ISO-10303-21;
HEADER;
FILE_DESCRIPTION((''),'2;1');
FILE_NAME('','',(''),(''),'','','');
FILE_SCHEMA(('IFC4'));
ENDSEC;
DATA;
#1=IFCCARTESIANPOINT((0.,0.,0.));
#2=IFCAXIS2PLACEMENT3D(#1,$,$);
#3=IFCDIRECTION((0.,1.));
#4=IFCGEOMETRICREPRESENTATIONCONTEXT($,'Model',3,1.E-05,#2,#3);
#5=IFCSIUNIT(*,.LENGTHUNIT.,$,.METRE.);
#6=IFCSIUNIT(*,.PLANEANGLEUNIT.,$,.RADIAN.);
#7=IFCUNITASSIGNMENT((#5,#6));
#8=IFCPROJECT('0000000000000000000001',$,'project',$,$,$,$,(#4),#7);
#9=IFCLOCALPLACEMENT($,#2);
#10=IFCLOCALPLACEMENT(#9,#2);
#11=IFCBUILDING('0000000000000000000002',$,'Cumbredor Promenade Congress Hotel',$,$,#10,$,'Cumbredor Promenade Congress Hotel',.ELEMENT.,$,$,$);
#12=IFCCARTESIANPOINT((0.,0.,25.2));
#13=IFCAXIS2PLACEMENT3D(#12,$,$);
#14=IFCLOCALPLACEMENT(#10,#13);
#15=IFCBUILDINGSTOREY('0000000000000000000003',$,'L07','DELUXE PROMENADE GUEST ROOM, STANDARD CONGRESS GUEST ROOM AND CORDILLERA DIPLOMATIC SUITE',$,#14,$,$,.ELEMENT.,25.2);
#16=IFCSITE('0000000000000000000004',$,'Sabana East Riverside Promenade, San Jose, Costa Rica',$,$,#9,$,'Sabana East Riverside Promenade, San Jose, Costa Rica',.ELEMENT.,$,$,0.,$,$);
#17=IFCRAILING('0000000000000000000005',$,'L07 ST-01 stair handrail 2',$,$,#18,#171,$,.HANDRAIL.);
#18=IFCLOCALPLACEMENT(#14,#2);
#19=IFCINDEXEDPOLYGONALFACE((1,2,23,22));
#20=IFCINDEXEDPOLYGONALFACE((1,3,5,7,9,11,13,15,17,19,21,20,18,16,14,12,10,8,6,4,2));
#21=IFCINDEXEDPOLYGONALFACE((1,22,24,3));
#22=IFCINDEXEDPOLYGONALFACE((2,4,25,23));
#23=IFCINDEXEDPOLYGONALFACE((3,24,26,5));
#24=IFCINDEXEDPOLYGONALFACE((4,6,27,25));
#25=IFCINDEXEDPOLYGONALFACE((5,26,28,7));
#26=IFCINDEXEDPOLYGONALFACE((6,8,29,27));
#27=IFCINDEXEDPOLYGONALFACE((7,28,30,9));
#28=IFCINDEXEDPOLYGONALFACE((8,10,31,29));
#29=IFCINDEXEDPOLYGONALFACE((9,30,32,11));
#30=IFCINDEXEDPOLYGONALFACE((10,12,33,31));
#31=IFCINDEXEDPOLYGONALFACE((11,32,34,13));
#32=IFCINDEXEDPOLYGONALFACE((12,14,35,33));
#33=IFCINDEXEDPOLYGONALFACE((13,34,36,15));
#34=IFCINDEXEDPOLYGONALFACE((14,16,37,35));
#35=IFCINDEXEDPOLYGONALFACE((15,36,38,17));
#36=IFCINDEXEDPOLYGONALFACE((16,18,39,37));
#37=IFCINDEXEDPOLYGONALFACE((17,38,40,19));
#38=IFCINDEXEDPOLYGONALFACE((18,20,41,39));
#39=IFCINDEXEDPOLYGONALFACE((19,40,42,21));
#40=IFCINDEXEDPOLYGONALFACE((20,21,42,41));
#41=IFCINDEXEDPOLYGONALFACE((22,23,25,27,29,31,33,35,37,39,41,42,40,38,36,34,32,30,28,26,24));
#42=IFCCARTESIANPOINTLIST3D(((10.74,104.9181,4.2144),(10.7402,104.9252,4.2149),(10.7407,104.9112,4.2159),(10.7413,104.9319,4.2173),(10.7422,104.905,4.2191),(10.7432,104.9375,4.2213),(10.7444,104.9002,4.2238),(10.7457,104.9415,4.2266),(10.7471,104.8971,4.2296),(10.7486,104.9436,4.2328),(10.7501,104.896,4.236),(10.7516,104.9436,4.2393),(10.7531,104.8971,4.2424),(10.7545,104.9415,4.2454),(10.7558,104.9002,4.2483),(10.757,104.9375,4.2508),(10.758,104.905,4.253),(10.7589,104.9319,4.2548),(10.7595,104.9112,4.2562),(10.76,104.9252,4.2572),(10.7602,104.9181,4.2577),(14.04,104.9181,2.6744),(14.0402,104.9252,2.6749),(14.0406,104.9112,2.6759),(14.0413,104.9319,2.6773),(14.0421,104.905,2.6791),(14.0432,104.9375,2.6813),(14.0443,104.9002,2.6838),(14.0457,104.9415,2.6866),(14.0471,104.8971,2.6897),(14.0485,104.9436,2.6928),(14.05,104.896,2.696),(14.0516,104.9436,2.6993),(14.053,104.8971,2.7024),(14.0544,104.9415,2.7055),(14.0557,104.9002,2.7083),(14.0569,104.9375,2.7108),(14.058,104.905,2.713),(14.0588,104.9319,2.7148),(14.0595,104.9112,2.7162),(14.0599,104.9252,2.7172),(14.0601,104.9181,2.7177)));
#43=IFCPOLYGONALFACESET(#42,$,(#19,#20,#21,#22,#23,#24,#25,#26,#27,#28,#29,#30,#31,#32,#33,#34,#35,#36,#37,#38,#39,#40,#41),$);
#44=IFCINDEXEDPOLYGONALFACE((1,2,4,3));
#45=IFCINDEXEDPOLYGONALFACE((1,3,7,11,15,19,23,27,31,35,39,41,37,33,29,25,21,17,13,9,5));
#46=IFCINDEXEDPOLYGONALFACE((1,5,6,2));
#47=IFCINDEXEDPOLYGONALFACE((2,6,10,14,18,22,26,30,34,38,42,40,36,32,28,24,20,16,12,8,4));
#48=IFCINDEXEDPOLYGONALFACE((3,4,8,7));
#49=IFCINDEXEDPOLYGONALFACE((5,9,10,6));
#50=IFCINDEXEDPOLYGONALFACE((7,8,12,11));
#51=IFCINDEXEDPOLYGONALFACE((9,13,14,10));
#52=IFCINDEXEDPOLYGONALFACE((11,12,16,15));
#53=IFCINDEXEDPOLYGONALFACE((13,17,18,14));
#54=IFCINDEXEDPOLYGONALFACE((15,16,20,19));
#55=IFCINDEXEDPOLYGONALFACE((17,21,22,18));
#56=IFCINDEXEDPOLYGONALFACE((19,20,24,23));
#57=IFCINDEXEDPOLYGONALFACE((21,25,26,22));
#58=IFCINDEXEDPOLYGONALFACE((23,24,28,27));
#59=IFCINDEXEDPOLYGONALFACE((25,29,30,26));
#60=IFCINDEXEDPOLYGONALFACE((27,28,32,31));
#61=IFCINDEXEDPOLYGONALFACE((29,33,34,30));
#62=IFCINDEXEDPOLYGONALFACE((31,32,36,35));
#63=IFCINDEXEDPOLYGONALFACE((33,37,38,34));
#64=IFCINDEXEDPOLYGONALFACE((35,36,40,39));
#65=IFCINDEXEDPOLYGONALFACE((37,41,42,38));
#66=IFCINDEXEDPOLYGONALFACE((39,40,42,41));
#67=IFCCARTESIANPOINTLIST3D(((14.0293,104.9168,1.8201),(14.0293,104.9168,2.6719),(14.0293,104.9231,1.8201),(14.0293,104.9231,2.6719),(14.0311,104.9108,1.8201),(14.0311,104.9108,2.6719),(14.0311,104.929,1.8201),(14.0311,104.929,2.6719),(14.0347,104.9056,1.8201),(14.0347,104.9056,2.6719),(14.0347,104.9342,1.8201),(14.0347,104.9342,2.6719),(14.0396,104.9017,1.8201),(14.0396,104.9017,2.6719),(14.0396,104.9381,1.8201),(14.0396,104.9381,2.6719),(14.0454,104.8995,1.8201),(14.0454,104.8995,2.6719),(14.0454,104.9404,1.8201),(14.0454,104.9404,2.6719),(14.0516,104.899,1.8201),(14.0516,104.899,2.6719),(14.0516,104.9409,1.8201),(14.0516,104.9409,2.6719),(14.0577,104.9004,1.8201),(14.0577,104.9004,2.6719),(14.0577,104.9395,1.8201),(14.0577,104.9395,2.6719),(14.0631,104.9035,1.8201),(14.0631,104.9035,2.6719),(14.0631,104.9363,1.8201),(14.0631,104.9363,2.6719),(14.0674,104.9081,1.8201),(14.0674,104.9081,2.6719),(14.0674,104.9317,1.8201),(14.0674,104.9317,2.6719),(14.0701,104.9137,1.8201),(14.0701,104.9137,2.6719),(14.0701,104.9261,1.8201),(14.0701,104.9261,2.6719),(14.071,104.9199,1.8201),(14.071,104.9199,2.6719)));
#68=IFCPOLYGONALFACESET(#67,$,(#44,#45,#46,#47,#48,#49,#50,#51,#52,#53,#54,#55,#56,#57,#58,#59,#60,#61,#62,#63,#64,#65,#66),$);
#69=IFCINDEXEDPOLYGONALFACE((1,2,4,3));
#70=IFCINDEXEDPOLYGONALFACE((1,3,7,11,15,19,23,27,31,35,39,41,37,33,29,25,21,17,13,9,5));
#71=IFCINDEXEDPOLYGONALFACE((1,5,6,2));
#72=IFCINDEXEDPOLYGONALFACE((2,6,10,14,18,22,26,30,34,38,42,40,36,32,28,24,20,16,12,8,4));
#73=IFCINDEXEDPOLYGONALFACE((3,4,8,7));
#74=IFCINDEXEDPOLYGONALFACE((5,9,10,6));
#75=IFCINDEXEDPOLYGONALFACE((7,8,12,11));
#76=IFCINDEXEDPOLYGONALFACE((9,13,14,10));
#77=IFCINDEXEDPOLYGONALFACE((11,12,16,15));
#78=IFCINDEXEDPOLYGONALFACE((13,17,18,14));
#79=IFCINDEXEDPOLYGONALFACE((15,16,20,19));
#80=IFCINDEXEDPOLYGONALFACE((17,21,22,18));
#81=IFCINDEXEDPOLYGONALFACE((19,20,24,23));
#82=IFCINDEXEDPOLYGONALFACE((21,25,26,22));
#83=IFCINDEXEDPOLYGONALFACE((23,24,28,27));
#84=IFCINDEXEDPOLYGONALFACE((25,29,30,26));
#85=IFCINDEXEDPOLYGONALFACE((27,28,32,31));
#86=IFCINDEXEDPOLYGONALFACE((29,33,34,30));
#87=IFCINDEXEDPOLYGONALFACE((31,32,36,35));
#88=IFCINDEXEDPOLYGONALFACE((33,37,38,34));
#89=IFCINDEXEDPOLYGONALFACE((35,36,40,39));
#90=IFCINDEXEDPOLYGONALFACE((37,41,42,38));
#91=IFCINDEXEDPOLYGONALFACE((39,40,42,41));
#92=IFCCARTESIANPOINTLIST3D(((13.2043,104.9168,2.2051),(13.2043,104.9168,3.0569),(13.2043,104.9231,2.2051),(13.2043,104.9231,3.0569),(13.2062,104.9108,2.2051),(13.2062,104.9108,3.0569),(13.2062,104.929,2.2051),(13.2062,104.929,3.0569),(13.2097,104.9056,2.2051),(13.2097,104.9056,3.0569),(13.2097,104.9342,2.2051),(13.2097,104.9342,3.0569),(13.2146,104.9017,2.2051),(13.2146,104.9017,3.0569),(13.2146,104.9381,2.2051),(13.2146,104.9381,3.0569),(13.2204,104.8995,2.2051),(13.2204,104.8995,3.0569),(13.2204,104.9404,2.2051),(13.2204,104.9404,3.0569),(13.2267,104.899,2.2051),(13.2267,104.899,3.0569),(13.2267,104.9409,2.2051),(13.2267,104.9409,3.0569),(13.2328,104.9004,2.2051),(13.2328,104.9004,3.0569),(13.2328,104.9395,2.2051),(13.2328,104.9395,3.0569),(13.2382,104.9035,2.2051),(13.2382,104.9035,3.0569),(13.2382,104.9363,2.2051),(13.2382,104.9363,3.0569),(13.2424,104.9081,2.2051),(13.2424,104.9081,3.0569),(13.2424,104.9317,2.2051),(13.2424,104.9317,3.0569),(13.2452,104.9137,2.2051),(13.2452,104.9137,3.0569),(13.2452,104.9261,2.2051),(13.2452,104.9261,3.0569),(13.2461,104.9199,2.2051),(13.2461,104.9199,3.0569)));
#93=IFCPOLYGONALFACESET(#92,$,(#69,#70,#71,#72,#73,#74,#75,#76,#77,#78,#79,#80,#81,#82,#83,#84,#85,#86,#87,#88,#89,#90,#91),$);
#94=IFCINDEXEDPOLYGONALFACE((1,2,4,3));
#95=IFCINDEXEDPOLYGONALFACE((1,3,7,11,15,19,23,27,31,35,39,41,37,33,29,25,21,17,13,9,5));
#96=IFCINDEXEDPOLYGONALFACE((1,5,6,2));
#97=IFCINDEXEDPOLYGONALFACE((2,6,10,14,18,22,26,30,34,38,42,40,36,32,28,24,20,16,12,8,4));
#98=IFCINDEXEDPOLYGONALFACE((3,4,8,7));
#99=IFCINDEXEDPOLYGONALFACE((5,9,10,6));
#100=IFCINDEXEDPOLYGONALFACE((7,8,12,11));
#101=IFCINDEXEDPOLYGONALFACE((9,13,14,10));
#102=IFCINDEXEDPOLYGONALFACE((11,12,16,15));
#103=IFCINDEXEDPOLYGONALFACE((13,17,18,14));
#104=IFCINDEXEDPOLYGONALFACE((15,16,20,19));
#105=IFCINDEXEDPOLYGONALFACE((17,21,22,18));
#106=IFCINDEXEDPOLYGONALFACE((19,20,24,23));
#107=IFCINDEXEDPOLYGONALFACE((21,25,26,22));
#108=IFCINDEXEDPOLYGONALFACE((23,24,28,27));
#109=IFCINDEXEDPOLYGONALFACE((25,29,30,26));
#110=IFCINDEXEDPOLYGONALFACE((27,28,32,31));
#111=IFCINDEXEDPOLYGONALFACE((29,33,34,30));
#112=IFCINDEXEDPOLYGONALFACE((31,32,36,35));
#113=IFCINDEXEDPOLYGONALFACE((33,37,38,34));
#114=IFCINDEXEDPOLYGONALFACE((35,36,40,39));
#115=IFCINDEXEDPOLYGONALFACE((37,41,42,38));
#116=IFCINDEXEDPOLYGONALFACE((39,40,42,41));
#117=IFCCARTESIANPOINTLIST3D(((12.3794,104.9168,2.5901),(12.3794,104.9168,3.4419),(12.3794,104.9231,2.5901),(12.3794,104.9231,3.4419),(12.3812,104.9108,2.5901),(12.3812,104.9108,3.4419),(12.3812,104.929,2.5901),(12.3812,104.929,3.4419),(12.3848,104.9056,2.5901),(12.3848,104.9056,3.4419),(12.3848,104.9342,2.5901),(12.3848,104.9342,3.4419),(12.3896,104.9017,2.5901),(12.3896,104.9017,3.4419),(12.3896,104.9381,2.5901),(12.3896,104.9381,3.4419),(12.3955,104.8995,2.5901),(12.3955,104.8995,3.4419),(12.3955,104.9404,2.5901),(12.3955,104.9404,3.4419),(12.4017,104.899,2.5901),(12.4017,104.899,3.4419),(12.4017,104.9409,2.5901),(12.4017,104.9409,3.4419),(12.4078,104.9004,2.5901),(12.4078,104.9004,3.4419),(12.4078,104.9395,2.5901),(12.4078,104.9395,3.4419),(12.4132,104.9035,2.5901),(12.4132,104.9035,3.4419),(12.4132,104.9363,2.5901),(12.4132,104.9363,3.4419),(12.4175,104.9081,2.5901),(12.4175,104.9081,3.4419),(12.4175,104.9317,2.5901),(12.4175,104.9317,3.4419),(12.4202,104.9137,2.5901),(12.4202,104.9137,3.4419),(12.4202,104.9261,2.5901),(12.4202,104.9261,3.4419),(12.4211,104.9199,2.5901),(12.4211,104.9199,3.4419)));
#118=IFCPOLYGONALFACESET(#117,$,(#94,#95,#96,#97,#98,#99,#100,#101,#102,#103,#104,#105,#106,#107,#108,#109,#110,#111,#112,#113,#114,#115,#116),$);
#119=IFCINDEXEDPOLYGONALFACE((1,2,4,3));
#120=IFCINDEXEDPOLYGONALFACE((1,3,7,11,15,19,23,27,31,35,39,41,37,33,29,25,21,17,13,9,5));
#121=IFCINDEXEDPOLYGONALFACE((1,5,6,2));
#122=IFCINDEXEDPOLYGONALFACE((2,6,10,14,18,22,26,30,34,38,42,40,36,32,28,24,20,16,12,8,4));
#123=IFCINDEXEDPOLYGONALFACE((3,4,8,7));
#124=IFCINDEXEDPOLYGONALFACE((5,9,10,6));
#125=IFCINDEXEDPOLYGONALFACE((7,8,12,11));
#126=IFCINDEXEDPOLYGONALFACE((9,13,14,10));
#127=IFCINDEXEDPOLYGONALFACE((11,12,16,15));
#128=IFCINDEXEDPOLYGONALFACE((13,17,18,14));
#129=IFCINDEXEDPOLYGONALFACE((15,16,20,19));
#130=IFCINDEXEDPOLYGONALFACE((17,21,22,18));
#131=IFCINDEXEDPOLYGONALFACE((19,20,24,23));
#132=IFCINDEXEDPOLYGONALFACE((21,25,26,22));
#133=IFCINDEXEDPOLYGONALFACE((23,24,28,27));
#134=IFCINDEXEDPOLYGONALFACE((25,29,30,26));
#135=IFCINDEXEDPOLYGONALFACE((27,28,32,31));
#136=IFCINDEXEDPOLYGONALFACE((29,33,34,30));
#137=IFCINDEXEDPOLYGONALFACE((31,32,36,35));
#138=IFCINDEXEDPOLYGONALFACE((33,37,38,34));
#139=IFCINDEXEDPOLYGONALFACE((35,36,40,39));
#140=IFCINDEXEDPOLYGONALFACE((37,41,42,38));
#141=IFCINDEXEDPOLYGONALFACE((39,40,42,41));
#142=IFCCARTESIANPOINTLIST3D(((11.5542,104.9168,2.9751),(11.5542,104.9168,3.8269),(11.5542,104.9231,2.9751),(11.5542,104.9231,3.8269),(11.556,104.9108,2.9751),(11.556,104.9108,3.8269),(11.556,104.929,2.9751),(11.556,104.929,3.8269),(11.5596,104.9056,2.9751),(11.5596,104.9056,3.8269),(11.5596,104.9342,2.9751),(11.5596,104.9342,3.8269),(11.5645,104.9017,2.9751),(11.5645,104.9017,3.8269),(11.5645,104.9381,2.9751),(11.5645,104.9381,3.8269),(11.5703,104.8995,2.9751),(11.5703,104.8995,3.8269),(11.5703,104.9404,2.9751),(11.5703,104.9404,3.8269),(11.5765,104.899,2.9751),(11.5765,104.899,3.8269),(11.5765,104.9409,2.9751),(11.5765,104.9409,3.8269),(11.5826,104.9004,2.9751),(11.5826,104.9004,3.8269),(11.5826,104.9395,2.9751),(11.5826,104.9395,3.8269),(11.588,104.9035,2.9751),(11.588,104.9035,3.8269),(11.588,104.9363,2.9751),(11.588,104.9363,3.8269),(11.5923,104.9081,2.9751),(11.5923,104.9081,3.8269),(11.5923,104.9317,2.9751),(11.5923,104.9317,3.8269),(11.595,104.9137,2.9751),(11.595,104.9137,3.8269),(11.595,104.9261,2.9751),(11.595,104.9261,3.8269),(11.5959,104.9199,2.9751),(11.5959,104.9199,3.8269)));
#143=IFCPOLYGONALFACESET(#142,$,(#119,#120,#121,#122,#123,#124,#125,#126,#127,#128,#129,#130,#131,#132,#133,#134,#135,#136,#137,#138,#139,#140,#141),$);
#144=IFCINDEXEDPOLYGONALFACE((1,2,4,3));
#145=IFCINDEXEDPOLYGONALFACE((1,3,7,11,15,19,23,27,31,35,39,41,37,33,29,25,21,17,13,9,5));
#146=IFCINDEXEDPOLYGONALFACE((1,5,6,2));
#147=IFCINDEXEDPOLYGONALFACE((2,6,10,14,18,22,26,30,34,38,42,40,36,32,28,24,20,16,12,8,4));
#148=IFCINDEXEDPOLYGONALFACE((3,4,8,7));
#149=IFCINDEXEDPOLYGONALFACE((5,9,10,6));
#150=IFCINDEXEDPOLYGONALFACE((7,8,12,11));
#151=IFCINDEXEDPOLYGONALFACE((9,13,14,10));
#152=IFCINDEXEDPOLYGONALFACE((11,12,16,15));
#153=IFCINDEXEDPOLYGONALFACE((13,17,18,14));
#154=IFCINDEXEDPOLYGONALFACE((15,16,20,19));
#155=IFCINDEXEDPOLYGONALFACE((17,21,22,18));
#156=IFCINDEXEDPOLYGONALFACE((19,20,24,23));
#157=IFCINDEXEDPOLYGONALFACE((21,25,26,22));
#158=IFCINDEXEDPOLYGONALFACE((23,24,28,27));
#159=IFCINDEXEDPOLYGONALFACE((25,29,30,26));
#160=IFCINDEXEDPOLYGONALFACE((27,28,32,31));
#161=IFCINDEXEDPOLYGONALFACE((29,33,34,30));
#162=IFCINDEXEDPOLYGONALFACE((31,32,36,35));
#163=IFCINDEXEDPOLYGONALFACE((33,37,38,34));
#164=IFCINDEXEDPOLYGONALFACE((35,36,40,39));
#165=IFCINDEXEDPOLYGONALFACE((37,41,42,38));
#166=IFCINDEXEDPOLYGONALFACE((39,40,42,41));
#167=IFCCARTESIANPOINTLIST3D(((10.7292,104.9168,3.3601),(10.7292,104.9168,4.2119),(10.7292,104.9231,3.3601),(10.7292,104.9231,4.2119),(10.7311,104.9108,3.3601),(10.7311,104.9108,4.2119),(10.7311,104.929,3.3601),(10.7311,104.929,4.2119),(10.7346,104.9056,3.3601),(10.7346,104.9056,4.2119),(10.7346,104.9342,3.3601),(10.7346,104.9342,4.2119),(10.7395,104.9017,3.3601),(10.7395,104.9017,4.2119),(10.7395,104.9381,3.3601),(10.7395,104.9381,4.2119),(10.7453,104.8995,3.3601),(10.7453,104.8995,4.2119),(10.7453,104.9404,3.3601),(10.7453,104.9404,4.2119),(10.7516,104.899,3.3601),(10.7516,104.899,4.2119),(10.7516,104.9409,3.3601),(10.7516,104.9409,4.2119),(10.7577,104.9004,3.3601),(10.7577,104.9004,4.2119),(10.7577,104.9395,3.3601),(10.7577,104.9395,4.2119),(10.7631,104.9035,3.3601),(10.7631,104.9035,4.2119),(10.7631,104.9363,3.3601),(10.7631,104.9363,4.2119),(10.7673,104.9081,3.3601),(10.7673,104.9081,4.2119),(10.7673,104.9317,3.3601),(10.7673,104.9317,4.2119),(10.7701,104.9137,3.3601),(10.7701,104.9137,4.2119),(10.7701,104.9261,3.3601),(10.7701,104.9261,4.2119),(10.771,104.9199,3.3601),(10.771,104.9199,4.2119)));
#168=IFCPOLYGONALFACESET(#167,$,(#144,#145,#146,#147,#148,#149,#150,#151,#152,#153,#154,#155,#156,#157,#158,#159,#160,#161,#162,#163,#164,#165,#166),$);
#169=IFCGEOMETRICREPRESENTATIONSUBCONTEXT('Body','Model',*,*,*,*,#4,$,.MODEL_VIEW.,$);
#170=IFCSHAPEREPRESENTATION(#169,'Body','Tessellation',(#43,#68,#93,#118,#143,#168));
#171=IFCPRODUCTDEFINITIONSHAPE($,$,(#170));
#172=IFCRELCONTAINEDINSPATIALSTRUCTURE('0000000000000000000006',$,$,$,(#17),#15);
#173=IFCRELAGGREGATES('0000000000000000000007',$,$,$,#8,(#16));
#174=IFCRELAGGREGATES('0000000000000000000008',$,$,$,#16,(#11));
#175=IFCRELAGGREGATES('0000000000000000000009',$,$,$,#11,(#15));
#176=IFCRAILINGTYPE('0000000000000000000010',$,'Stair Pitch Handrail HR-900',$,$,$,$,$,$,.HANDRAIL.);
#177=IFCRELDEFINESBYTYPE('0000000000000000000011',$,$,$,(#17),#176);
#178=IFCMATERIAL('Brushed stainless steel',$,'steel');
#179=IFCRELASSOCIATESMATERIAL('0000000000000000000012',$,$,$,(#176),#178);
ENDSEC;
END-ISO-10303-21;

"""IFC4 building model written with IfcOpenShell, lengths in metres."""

from ifc_helpers import new_model, si_unit, direction, frame, origin, origin_2d, place, context, subcontext, project, spatial, circle, extrude, material, type_object, element, save


model = new_model("IFC4")

# Units and contexts
model_context = context("Model", 3, precision=1e-05, world=origin(), true_north=direction((0.0, 1.0)))
body_context = subcontext(model_context, "Body", "Model", "MODEL_VIEW")
ifc_project = project(units=[si_unit("LENGTHUNIT", "METRE"), si_unit("PLANEANGLEUNIT", "RADIAN")], contexts=[model_context])

# Site, building, storey
site_placement = place(None, origin())
site = spatial("IfcSite", under=ifc_project, at=site_placement, Name="Sabana East Riverside Promenade, San Jose, Costa Rica", LongName="Sabana East Riverside Promenade, San Jose, Costa Rica", CompositionType="ELEMENT", RefElevation=0.0)
building_placement = place(site_placement, origin())
building = spatial("IfcBuilding", under=site, at=building_placement, Name="Cumbredor Promenade Congress Hotel", LongName="Cumbredor Promenade Congress Hotel", CompositionType="ELEMENT")
storey_placement = place(building_placement, frame((0.0, 0.0, 25.2)))
storey = spatial("IfcBuildingStorey", under=building, at=storey_placement, Name="L07", Description="DELUXE PROMENADE GUEST ROOM, STANDARD CONGRESS GUEST ROOM AND CORDILLERA DIPLOMATIC SUITE", CompositionType="ELEMENT", Elevation=25.2)

# Railing
ifc_material_1 = material(Name="Brushed stainless steel", Category="steel")
railing_type_1 = type_object("IfcRailingType", Name="Stair Pitch Handrail HR-900", PredefinedType="HANDRAIL", material=ifc_material_1)
railing_1_placement = place(storey_placement, frame((14.05, 104.9199, 1.8201)))
element("IfcRailing", 1, at=railing_1_placement, inside=storey, type_object=railing_type_1, Name="L07 ST-01 stair handrail 2", PredefinedType="HANDRAIL", context=body_context, shape_type="SweptSolid", body=[
    extrude(circle(Radius=0.0239, at=origin_2d()), frame((0.0, 0.0, 0.876), z_axis=(-0.906181, 0.0, 0.422889), x_axis=(0.0, -1.0, 0.0)), (0.0, 0.0, 1.0), 3.6416),
    extrude(circle(Radius=0.021, at=origin_2d()), origin(), (0.0, 0.0, 1.0), 0.8518),
    extrude(circle(Radius=0.021, at=origin_2d()), frame((-0.825, 0.0, 0.385)), (0.0, 0.0, 1.0), 0.8518),
    extrude(circle(Radius=0.021, at=origin_2d()), frame((-1.6499, 0.0, 0.77)), (0.0, 0.0, 1.0), 0.8518),
    extrude(circle(Radius=0.021, at=origin_2d()), frame((-2.4751, 0.0, 1.155)), (0.0, 0.0, 1.0), 0.8518),
    extrude(circle(Radius=0.021, at=origin_2d()), frame((-3.3, 0.0, 1.54)), (0.0, 0.0, 1.0), 0.8518),
])

save(model, "model.ifc")
